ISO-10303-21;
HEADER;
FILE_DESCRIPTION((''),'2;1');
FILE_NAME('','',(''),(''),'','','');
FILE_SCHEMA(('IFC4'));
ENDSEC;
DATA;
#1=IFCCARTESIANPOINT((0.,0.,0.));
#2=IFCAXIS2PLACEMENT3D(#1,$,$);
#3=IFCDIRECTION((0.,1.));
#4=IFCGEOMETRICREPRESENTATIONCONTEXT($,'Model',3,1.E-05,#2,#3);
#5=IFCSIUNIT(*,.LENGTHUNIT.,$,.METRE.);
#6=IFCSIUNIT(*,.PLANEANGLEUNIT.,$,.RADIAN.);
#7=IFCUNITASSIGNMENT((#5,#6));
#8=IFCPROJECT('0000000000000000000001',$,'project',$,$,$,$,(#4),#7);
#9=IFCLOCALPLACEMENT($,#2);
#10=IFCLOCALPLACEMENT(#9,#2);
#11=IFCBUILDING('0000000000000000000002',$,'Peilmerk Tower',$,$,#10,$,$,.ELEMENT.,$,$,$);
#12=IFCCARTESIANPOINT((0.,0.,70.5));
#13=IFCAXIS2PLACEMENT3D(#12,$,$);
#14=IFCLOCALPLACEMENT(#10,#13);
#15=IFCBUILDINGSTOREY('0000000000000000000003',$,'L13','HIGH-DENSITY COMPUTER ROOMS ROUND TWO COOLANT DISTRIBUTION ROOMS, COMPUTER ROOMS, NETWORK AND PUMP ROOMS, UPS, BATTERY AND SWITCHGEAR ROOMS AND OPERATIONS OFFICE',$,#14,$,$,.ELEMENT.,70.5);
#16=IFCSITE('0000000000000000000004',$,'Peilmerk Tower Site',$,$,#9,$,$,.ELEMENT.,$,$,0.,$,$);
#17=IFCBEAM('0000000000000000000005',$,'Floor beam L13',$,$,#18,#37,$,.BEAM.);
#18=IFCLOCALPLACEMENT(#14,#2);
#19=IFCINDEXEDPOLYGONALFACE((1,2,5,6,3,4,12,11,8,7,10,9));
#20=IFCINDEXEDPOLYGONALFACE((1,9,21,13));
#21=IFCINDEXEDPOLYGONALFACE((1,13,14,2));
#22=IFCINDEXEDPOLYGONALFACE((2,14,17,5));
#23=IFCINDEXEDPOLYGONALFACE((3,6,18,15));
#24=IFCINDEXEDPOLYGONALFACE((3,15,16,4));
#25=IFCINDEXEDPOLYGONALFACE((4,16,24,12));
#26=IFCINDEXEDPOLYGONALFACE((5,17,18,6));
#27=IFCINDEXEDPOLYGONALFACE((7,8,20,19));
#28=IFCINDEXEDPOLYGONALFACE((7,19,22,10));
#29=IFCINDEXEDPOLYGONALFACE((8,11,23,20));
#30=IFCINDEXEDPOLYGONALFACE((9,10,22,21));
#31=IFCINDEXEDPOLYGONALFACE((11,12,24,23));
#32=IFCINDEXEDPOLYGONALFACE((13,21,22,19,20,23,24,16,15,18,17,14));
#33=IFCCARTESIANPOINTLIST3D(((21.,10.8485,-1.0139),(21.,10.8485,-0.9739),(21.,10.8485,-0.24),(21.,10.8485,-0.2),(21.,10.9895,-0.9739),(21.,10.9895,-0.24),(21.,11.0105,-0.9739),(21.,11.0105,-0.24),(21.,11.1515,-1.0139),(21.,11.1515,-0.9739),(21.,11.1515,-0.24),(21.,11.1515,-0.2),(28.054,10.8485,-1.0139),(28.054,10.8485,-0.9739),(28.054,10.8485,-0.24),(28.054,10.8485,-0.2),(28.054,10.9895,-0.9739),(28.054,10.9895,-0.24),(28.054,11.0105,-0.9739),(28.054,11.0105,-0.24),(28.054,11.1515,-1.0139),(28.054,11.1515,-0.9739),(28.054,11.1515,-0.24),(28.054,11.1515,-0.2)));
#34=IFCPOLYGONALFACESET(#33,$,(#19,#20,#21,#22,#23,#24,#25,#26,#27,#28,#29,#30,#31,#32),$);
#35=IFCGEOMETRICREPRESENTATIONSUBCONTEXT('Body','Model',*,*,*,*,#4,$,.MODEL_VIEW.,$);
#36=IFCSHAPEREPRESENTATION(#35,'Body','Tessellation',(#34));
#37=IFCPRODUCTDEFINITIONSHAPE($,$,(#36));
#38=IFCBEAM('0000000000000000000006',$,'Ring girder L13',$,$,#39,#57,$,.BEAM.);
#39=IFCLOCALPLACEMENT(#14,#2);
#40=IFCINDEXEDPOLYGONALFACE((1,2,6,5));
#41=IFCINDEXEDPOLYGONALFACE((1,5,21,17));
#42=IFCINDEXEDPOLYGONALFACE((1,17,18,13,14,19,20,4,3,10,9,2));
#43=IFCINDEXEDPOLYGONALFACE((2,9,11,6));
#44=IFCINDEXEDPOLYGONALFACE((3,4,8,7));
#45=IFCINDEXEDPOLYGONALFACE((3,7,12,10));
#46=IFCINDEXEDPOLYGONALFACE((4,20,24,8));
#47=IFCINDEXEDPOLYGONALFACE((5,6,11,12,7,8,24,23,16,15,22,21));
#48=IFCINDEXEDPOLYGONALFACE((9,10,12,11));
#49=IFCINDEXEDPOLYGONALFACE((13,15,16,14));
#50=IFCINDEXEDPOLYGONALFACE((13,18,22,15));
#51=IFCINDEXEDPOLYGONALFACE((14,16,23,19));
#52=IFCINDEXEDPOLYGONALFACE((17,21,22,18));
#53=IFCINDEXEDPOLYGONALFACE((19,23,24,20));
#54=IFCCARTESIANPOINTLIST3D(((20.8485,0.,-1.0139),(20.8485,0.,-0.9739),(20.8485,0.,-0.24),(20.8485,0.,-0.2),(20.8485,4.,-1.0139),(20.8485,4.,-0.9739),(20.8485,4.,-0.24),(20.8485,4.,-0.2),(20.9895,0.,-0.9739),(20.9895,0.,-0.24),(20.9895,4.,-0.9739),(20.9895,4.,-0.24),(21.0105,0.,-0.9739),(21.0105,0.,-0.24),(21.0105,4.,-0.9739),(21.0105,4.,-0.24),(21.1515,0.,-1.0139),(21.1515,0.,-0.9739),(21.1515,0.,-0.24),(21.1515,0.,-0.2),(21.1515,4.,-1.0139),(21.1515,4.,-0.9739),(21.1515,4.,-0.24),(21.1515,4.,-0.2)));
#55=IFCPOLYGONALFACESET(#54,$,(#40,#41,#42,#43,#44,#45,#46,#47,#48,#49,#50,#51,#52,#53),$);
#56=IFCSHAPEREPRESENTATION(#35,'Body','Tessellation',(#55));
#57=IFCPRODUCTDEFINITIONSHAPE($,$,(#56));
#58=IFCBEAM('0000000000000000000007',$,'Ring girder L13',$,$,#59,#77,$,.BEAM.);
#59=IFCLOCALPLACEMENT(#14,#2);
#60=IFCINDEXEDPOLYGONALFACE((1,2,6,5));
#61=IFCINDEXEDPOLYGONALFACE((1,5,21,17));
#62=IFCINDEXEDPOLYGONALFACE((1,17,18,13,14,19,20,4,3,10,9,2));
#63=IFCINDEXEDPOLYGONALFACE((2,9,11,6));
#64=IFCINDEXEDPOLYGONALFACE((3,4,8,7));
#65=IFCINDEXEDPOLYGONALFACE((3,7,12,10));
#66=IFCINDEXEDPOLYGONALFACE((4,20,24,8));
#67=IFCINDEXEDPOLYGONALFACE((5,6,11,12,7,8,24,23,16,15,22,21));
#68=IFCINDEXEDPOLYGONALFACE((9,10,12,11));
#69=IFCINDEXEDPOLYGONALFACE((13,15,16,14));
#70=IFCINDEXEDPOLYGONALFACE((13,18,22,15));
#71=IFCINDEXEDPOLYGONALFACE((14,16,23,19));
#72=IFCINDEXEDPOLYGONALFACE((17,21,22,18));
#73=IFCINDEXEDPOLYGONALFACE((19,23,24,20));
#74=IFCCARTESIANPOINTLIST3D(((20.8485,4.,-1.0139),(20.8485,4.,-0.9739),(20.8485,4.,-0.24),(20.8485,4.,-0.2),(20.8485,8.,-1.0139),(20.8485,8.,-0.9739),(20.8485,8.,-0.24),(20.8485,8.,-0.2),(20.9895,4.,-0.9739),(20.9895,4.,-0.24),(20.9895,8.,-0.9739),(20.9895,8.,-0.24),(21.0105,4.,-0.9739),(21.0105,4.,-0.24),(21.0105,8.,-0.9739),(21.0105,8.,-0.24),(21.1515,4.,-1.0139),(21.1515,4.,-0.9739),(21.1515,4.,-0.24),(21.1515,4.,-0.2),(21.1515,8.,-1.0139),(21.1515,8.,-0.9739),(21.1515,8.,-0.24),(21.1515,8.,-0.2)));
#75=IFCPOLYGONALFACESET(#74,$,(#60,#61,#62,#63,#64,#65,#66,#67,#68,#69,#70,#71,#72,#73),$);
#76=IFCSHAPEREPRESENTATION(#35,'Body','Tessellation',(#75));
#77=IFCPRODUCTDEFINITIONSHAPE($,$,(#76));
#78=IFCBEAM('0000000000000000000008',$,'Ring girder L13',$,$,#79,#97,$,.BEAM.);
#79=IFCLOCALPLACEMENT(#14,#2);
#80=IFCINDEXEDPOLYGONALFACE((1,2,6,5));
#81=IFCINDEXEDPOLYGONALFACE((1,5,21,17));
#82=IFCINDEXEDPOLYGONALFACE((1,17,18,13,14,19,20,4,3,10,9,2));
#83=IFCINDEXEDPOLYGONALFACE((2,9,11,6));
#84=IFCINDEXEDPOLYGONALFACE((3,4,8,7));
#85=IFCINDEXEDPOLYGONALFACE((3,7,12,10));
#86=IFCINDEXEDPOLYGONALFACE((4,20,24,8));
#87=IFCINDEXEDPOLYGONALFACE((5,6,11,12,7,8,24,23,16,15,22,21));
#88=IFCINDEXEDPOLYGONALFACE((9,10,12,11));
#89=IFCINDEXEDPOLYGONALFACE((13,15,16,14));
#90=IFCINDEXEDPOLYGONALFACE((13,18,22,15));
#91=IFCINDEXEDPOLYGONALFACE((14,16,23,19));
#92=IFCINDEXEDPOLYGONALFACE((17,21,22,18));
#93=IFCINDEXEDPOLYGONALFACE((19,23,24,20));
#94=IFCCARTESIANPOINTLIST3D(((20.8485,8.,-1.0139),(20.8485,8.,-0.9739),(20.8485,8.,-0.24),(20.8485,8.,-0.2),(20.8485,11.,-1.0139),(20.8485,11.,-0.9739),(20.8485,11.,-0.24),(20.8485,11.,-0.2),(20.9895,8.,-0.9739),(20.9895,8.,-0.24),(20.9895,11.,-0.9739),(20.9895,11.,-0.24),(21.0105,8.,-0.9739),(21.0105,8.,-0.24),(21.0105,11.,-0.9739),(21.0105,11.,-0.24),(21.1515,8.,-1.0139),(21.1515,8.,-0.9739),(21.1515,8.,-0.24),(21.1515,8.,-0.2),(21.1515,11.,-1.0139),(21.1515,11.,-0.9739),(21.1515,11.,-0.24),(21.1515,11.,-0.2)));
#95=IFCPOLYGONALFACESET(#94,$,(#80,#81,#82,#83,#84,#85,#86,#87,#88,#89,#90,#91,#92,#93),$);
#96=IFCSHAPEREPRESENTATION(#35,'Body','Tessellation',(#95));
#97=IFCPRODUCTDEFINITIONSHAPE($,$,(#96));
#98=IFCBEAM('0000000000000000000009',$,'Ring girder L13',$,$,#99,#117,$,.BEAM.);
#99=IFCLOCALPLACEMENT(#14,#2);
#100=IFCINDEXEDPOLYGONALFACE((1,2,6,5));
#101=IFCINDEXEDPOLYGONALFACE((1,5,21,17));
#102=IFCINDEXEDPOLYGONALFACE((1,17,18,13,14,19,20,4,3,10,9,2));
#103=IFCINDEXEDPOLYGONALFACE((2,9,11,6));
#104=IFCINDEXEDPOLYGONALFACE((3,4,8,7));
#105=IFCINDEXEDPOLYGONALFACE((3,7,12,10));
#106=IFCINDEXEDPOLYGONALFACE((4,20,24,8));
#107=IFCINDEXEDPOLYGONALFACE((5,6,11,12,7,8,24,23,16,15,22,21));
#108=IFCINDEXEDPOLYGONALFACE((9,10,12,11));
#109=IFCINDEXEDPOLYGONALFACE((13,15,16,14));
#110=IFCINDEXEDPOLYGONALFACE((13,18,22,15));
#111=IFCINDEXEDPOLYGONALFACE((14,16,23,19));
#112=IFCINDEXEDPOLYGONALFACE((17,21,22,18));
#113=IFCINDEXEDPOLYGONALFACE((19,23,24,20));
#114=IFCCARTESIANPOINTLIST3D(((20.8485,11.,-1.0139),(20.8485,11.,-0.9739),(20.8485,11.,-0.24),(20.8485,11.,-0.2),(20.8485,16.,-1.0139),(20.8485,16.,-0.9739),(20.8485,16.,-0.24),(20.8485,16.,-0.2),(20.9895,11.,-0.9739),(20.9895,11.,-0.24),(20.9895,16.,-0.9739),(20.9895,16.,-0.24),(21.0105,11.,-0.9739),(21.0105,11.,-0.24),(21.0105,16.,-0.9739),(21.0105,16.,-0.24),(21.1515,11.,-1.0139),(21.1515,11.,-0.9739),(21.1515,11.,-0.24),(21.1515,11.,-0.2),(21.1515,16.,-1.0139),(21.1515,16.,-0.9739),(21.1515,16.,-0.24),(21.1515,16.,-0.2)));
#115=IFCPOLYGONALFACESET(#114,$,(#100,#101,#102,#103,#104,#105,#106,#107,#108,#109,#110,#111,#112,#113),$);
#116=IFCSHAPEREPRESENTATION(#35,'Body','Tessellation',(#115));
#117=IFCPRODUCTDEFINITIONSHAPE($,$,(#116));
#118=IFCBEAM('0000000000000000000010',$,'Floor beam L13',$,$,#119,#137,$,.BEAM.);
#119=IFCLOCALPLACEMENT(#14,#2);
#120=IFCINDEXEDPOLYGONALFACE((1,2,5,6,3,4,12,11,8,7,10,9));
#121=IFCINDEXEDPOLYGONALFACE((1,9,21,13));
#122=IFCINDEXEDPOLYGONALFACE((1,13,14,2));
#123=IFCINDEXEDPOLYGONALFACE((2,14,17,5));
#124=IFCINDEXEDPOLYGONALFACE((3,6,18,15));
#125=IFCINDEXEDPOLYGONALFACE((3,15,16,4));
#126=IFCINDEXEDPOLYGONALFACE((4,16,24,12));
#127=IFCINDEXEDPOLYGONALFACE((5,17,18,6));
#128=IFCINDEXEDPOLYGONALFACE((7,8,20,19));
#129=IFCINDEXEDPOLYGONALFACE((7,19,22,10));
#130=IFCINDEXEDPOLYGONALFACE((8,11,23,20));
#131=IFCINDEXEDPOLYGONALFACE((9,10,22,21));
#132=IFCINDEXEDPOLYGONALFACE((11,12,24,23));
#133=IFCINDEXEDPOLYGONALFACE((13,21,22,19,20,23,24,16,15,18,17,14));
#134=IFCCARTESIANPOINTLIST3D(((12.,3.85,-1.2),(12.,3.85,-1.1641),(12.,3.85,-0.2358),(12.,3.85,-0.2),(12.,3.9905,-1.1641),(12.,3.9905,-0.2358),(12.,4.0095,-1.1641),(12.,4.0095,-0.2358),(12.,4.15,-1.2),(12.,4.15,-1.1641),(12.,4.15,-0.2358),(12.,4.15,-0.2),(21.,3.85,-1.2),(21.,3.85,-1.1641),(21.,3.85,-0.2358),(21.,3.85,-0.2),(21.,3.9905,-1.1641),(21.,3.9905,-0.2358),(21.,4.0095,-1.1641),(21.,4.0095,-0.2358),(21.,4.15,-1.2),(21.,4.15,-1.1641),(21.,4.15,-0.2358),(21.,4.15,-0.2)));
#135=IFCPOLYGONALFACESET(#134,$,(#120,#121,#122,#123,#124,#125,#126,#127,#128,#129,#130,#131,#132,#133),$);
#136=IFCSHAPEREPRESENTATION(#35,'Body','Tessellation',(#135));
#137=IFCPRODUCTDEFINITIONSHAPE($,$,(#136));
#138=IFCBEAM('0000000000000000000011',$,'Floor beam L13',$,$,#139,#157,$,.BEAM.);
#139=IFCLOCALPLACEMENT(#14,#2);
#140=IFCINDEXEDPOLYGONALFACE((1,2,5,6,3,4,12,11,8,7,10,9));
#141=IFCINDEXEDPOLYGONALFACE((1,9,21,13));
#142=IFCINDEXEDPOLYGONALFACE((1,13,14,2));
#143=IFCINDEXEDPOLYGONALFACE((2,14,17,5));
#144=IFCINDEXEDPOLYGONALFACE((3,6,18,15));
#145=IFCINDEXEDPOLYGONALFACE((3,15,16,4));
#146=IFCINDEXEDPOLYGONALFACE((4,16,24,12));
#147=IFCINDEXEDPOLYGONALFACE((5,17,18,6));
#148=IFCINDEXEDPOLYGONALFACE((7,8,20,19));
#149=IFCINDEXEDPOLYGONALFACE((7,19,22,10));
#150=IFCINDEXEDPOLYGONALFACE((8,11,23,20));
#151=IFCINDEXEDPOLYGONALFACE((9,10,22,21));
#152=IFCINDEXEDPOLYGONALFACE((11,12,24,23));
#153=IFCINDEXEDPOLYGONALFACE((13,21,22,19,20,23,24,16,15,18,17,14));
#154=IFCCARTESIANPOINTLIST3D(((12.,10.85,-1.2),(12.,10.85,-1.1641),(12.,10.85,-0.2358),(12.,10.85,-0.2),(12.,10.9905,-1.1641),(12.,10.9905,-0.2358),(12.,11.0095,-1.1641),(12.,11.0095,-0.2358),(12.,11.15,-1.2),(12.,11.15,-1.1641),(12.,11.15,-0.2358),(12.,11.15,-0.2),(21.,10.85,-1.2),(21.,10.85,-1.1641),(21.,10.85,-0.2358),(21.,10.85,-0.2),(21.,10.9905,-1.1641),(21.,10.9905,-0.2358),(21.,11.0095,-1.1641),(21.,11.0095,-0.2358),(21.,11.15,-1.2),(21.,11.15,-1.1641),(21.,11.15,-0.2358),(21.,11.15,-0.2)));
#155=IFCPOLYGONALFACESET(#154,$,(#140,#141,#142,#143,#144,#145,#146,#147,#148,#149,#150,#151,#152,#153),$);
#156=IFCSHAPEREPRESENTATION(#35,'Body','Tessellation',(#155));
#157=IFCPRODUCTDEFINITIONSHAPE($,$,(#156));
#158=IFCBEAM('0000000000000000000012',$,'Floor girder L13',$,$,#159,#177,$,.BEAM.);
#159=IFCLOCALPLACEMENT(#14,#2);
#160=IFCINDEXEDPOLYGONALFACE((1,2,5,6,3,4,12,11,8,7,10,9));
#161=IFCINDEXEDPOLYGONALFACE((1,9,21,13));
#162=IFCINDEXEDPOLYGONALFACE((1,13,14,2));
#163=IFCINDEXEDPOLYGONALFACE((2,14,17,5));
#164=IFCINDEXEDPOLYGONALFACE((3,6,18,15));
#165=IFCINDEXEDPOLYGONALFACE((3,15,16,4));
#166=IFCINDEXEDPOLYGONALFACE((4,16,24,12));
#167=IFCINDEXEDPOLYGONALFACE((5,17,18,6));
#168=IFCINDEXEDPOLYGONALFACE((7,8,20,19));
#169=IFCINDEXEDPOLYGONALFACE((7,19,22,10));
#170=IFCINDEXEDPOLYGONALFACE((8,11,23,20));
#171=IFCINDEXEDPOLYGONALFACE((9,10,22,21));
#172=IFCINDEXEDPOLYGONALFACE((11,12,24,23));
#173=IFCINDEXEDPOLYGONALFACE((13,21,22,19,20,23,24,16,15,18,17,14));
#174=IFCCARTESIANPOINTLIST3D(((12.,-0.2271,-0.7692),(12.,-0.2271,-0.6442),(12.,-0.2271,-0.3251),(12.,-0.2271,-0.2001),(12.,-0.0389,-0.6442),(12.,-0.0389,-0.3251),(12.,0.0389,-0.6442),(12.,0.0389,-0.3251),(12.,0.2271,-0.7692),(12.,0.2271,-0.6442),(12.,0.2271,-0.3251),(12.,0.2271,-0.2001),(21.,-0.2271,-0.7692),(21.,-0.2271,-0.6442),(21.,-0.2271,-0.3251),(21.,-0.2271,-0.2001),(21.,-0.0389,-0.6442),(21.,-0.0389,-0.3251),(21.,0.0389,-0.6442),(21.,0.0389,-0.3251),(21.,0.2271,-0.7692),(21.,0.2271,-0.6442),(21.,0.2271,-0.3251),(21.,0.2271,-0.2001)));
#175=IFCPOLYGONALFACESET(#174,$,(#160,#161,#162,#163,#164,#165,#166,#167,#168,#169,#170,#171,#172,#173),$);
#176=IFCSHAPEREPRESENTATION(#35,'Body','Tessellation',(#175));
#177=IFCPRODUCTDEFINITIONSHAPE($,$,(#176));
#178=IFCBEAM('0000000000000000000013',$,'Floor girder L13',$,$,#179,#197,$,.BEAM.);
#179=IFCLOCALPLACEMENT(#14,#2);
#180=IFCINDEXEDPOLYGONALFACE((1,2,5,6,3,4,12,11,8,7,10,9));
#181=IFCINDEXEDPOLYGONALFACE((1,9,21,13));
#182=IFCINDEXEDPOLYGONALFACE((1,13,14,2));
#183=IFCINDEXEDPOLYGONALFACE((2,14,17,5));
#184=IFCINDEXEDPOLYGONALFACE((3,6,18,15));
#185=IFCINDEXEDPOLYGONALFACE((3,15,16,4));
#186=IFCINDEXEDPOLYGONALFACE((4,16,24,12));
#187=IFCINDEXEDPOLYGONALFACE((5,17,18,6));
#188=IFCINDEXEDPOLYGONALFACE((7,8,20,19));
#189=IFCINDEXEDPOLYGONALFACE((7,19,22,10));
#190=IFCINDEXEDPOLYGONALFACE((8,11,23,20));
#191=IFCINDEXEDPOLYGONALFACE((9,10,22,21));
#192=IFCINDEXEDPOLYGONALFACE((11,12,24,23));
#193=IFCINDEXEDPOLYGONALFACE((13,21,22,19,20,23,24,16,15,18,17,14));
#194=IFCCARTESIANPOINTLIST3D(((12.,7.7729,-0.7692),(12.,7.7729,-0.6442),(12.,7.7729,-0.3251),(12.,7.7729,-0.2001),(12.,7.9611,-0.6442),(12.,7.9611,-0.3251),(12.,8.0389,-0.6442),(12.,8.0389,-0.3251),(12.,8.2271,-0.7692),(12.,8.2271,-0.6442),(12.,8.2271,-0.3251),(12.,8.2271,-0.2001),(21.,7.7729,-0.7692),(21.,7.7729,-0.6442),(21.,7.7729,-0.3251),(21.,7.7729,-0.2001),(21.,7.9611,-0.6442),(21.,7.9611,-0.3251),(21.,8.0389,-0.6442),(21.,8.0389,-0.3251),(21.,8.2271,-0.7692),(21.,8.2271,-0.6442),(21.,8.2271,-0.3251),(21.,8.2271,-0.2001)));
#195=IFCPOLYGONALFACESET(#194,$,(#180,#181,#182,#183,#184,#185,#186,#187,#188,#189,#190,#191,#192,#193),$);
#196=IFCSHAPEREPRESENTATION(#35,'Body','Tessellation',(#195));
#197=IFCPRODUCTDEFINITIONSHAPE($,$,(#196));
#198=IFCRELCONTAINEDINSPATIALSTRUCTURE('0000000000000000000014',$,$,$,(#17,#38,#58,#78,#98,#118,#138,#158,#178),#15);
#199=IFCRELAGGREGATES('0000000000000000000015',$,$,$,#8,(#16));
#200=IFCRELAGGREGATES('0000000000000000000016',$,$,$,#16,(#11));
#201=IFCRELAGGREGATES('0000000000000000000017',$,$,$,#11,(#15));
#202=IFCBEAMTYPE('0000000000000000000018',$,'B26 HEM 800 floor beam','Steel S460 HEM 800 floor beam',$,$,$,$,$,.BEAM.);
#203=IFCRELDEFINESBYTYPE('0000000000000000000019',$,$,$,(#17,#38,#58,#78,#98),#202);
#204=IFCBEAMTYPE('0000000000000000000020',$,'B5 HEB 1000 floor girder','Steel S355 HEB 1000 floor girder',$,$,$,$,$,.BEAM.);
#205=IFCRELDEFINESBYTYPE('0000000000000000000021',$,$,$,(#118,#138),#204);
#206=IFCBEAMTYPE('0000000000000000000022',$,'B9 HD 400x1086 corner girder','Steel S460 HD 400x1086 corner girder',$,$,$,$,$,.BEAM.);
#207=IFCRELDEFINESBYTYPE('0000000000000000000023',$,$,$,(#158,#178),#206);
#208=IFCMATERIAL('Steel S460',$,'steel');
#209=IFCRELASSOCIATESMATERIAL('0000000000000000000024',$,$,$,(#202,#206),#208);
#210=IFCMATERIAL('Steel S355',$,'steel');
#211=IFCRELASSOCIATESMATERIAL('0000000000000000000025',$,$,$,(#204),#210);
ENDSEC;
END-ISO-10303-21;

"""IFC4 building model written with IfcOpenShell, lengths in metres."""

from ifc_helpers import new_model, si_unit, direction, frame, origin, origin_2d, place, context, subcontext, project, spatial, i_section, extrude, material, material_profile, profile_set, type_object, element, save


model = new_model("IFC4")

# Units and contexts
model_context = context("Model", 3, precision=1e-05, world=origin(), true_north=direction((0.0, 1.0)))
body_context = subcontext(model_context, "Body", "Model", "MODEL_VIEW")
ifc_project = project(units=[si_unit("LENGTHUNIT", "METRE"), si_unit("PLANEANGLEUNIT", "RADIAN")], contexts=[model_context])

# Site, building, storey
site_placement = place(None, origin())
site = spatial("IfcSite", under=ifc_project, at=site_placement, Name="Peilmerk Tower Site", CompositionType="ELEMENT", RefElevation=0.0)
building_placement = place(site_placement, origin())
building = spatial("IfcBuilding", under=site, at=building_placement, Name="Peilmerk Tower", CompositionType="ELEMENT")
storey_placement = place(building_placement, frame((0.0, 0.0, 70.5)))
storey = spatial("IfcBuildingStorey", under=building, at=storey_placement, Name="L13", Description="HIGH-DENSITY COMPUTER ROOMS ROUND TWO COOLANT DISTRIBUTION ROOMS, COMPUTER ROOMS, NETWORK AND PUMP ROOMS, UPS, BATTERY AND SWITCHGEAR ROOMS AND OPERATIONS OFFICE", CompositionType="ELEMENT", Elevation=70.5)

# Beams
ifc_material_1 = material(Name="Steel S355", Category="steel")
ifc_material_2 = material(Name="Steel S460", Category="steel")
ifc_material_profile_1 = material_profile(ifc_material_2, i_section(OverallWidth=0.303, OverallDepth=0.814, WebThickness=0.021, FlangeThickness=0.04, at=origin_2d()), Name="HEM 800")
ifc_profile_set_1 = profile_set([ifc_material_profile_1], Name="Steel S460")
beam_type_1 = type_object("IfcBeamType", Name="B26 HEM 800 floor beam", Description="Steel S460 HEM 800 floor beam", PredefinedType="BEAM", material=ifc_profile_set_1)
for number, where, z_axis, x_axis, name in (
    (1, (21.0, 11.0, -0.6069), (1.0, 0.0, 0.0), (0.0, 1.0, 0.0), "Floor beam L13"),
):
    element("IfcBeam", number, at=place(storey_placement, frame(where, z_axis=z_axis, x_axis=x_axis)), inside=storey, type_object=beam_type_1, Name=name, PredefinedType="BEAM", context=body_context, shape_type="SweptSolid", body=[
        extrude(i_section(OverallWidth=0.303, OverallDepth=0.814, WebThickness=0.021, FlangeThickness=0.04, at=origin_2d()), origin(), (0.0, 0.0, 1.0), 7.054),
    ])
for number, where, z_axis, x_axis, name in (
    (2, (21.0, 0.0, -0.6069), (0.0, 1.0, 0.0), (-1.0, 0.0, 0.0), "Ring girder L13"),
    (3, (21.0, 4.0, -0.6069), (0.0, 1.0, 0.0), (-1.0, 0.0, 0.0), "Ring girder L13"),
):
    element("IfcBeam", number, at=place(storey_placement, frame(where, z_axis=z_axis, x_axis=x_axis)), inside=storey, type_object=beam_type_1, Name=name, PredefinedType="BEAM", context=body_context, shape_type="SweptSolid", body=[
        extrude(i_section(OverallWidth=0.303, OverallDepth=0.814, WebThickness=0.021, FlangeThickness=0.04, at=origin_2d()), origin(), (0.0, 0.0, 1.0), 4.0),
    ])
beam_1_placement = place(storey_placement, frame((21.0, 8.0, -0.6069), z_axis=(0.0, 1.0, 0.0), x_axis=(-1.0, 0.0, 0.0)))
element("IfcBeam", 4, at=beam_1_placement, inside=storey, type_object=beam_type_1, Name="Ring girder L13", PredefinedType="BEAM", context=body_context, shape_type="SweptSolid", body=[
    extrude(i_section(OverallWidth=0.303, OverallDepth=0.814, WebThickness=0.021, FlangeThickness=0.04, at=origin_2d()), origin(), (0.0, 0.0, 1.0), 3.0),
])
beam_2_placement = place(storey_placement, frame((21.0, 11.0, -0.6069), z_axis=(0.0, 1.0, 0.0), x_axis=(-1.0, 0.0, 0.0)))
element("IfcBeam", 5, at=beam_2_placement, inside=storey, type_object=beam_type_1, Name="Ring girder L13", PredefinedType="BEAM", context=body_context, shape_type="SweptSolid", body=[
    extrude(i_section(OverallWidth=0.303, OverallDepth=0.814, WebThickness=0.021, FlangeThickness=0.04, at=origin_2d()), origin(), (0.0, 0.0, 1.0), 5.0),
])
ifc_material_profile_2 = material_profile(ifc_material_1, i_section(OverallWidth=0.3, OverallDepth=1.0, WebThickness=0.019, FlangeThickness=0.0359, at=origin_2d()), Name="HEB 1000")
ifc_profile_set_2 = profile_set([ifc_material_profile_2], Name="Steel S355")
beam_type_2 = type_object("IfcBeamType", Name="B5 HEB 1000 floor girder", Description="Steel S355 HEB 1000 floor girder", PredefinedType="BEAM", material=ifc_profile_set_2)
for number, where, z_axis, x_axis, name in (
    (6, (12.0, 4.0, -0.7), (1.0, 0.0, 0.0), (0.0, 1.0, 0.0), "Floor beam L13"),
    (7, (12.0, 11.0, -0.7), (1.0, 0.0, 0.0), (0.0, 1.0, 0.0), "Floor beam L13"),
):
    element("IfcBeam", number, at=place(storey_placement, frame(where, z_axis=z_axis, x_axis=x_axis)), inside=storey, type_object=beam_type_2, Name=name, PredefinedType="BEAM", context=body_context, shape_type="SweptSolid", body=[
        extrude(i_section(OverallWidth=0.3, OverallDepth=1.0, WebThickness=0.019, FlangeThickness=0.0359, at=origin_2d()), origin(), (0.0, 0.0, 1.0), 9.0),
    ])
ifc_material_profile_3 = material_profile(ifc_material_2, i_section(OverallWidth=0.4541, OverallDepth=0.5691, WebThickness=0.0779, FlangeThickness=0.125, at=origin_2d()), Name="HD 400x1086")
ifc_profile_set_3 = profile_set([ifc_material_profile_3], Name="Steel S460")
beam_type_3 = type_object("IfcBeamType", Name="B9 HD 400x1086 corner girder", Description="Steel S460 HD 400x1086 corner girder", PredefinedType="BEAM", material=ifc_profile_set_3)
for number, where, z_axis, x_axis, name in (
    (8, (12.0, 0.0, -0.4846), (1.0, 0.0, 0.0), (0.0, 1.0, 0.0), "Floor girder L13"),
    (9, (12.0, 8.0, -0.4846), (1.0, 0.0, 0.0), (0.0, 1.0, 0.0), "Floor girder L13"),
):
    element("IfcBeam", number, at=place(storey_placement, frame(where, z_axis=z_axis, x_axis=x_axis)), inside=storey, type_object=beam_type_3, Name=name, PredefinedType="BEAM", context=body_context, shape_type="SweptSolid", body=[
        extrude(i_section(OverallWidth=0.4541, OverallDepth=0.5691, WebThickness=0.0779, FlangeThickness=0.125, at=origin_2d()), origin(), (0.0, 0.0, 1.0), 9.0),
    ])

save(model, "model.ifc")
